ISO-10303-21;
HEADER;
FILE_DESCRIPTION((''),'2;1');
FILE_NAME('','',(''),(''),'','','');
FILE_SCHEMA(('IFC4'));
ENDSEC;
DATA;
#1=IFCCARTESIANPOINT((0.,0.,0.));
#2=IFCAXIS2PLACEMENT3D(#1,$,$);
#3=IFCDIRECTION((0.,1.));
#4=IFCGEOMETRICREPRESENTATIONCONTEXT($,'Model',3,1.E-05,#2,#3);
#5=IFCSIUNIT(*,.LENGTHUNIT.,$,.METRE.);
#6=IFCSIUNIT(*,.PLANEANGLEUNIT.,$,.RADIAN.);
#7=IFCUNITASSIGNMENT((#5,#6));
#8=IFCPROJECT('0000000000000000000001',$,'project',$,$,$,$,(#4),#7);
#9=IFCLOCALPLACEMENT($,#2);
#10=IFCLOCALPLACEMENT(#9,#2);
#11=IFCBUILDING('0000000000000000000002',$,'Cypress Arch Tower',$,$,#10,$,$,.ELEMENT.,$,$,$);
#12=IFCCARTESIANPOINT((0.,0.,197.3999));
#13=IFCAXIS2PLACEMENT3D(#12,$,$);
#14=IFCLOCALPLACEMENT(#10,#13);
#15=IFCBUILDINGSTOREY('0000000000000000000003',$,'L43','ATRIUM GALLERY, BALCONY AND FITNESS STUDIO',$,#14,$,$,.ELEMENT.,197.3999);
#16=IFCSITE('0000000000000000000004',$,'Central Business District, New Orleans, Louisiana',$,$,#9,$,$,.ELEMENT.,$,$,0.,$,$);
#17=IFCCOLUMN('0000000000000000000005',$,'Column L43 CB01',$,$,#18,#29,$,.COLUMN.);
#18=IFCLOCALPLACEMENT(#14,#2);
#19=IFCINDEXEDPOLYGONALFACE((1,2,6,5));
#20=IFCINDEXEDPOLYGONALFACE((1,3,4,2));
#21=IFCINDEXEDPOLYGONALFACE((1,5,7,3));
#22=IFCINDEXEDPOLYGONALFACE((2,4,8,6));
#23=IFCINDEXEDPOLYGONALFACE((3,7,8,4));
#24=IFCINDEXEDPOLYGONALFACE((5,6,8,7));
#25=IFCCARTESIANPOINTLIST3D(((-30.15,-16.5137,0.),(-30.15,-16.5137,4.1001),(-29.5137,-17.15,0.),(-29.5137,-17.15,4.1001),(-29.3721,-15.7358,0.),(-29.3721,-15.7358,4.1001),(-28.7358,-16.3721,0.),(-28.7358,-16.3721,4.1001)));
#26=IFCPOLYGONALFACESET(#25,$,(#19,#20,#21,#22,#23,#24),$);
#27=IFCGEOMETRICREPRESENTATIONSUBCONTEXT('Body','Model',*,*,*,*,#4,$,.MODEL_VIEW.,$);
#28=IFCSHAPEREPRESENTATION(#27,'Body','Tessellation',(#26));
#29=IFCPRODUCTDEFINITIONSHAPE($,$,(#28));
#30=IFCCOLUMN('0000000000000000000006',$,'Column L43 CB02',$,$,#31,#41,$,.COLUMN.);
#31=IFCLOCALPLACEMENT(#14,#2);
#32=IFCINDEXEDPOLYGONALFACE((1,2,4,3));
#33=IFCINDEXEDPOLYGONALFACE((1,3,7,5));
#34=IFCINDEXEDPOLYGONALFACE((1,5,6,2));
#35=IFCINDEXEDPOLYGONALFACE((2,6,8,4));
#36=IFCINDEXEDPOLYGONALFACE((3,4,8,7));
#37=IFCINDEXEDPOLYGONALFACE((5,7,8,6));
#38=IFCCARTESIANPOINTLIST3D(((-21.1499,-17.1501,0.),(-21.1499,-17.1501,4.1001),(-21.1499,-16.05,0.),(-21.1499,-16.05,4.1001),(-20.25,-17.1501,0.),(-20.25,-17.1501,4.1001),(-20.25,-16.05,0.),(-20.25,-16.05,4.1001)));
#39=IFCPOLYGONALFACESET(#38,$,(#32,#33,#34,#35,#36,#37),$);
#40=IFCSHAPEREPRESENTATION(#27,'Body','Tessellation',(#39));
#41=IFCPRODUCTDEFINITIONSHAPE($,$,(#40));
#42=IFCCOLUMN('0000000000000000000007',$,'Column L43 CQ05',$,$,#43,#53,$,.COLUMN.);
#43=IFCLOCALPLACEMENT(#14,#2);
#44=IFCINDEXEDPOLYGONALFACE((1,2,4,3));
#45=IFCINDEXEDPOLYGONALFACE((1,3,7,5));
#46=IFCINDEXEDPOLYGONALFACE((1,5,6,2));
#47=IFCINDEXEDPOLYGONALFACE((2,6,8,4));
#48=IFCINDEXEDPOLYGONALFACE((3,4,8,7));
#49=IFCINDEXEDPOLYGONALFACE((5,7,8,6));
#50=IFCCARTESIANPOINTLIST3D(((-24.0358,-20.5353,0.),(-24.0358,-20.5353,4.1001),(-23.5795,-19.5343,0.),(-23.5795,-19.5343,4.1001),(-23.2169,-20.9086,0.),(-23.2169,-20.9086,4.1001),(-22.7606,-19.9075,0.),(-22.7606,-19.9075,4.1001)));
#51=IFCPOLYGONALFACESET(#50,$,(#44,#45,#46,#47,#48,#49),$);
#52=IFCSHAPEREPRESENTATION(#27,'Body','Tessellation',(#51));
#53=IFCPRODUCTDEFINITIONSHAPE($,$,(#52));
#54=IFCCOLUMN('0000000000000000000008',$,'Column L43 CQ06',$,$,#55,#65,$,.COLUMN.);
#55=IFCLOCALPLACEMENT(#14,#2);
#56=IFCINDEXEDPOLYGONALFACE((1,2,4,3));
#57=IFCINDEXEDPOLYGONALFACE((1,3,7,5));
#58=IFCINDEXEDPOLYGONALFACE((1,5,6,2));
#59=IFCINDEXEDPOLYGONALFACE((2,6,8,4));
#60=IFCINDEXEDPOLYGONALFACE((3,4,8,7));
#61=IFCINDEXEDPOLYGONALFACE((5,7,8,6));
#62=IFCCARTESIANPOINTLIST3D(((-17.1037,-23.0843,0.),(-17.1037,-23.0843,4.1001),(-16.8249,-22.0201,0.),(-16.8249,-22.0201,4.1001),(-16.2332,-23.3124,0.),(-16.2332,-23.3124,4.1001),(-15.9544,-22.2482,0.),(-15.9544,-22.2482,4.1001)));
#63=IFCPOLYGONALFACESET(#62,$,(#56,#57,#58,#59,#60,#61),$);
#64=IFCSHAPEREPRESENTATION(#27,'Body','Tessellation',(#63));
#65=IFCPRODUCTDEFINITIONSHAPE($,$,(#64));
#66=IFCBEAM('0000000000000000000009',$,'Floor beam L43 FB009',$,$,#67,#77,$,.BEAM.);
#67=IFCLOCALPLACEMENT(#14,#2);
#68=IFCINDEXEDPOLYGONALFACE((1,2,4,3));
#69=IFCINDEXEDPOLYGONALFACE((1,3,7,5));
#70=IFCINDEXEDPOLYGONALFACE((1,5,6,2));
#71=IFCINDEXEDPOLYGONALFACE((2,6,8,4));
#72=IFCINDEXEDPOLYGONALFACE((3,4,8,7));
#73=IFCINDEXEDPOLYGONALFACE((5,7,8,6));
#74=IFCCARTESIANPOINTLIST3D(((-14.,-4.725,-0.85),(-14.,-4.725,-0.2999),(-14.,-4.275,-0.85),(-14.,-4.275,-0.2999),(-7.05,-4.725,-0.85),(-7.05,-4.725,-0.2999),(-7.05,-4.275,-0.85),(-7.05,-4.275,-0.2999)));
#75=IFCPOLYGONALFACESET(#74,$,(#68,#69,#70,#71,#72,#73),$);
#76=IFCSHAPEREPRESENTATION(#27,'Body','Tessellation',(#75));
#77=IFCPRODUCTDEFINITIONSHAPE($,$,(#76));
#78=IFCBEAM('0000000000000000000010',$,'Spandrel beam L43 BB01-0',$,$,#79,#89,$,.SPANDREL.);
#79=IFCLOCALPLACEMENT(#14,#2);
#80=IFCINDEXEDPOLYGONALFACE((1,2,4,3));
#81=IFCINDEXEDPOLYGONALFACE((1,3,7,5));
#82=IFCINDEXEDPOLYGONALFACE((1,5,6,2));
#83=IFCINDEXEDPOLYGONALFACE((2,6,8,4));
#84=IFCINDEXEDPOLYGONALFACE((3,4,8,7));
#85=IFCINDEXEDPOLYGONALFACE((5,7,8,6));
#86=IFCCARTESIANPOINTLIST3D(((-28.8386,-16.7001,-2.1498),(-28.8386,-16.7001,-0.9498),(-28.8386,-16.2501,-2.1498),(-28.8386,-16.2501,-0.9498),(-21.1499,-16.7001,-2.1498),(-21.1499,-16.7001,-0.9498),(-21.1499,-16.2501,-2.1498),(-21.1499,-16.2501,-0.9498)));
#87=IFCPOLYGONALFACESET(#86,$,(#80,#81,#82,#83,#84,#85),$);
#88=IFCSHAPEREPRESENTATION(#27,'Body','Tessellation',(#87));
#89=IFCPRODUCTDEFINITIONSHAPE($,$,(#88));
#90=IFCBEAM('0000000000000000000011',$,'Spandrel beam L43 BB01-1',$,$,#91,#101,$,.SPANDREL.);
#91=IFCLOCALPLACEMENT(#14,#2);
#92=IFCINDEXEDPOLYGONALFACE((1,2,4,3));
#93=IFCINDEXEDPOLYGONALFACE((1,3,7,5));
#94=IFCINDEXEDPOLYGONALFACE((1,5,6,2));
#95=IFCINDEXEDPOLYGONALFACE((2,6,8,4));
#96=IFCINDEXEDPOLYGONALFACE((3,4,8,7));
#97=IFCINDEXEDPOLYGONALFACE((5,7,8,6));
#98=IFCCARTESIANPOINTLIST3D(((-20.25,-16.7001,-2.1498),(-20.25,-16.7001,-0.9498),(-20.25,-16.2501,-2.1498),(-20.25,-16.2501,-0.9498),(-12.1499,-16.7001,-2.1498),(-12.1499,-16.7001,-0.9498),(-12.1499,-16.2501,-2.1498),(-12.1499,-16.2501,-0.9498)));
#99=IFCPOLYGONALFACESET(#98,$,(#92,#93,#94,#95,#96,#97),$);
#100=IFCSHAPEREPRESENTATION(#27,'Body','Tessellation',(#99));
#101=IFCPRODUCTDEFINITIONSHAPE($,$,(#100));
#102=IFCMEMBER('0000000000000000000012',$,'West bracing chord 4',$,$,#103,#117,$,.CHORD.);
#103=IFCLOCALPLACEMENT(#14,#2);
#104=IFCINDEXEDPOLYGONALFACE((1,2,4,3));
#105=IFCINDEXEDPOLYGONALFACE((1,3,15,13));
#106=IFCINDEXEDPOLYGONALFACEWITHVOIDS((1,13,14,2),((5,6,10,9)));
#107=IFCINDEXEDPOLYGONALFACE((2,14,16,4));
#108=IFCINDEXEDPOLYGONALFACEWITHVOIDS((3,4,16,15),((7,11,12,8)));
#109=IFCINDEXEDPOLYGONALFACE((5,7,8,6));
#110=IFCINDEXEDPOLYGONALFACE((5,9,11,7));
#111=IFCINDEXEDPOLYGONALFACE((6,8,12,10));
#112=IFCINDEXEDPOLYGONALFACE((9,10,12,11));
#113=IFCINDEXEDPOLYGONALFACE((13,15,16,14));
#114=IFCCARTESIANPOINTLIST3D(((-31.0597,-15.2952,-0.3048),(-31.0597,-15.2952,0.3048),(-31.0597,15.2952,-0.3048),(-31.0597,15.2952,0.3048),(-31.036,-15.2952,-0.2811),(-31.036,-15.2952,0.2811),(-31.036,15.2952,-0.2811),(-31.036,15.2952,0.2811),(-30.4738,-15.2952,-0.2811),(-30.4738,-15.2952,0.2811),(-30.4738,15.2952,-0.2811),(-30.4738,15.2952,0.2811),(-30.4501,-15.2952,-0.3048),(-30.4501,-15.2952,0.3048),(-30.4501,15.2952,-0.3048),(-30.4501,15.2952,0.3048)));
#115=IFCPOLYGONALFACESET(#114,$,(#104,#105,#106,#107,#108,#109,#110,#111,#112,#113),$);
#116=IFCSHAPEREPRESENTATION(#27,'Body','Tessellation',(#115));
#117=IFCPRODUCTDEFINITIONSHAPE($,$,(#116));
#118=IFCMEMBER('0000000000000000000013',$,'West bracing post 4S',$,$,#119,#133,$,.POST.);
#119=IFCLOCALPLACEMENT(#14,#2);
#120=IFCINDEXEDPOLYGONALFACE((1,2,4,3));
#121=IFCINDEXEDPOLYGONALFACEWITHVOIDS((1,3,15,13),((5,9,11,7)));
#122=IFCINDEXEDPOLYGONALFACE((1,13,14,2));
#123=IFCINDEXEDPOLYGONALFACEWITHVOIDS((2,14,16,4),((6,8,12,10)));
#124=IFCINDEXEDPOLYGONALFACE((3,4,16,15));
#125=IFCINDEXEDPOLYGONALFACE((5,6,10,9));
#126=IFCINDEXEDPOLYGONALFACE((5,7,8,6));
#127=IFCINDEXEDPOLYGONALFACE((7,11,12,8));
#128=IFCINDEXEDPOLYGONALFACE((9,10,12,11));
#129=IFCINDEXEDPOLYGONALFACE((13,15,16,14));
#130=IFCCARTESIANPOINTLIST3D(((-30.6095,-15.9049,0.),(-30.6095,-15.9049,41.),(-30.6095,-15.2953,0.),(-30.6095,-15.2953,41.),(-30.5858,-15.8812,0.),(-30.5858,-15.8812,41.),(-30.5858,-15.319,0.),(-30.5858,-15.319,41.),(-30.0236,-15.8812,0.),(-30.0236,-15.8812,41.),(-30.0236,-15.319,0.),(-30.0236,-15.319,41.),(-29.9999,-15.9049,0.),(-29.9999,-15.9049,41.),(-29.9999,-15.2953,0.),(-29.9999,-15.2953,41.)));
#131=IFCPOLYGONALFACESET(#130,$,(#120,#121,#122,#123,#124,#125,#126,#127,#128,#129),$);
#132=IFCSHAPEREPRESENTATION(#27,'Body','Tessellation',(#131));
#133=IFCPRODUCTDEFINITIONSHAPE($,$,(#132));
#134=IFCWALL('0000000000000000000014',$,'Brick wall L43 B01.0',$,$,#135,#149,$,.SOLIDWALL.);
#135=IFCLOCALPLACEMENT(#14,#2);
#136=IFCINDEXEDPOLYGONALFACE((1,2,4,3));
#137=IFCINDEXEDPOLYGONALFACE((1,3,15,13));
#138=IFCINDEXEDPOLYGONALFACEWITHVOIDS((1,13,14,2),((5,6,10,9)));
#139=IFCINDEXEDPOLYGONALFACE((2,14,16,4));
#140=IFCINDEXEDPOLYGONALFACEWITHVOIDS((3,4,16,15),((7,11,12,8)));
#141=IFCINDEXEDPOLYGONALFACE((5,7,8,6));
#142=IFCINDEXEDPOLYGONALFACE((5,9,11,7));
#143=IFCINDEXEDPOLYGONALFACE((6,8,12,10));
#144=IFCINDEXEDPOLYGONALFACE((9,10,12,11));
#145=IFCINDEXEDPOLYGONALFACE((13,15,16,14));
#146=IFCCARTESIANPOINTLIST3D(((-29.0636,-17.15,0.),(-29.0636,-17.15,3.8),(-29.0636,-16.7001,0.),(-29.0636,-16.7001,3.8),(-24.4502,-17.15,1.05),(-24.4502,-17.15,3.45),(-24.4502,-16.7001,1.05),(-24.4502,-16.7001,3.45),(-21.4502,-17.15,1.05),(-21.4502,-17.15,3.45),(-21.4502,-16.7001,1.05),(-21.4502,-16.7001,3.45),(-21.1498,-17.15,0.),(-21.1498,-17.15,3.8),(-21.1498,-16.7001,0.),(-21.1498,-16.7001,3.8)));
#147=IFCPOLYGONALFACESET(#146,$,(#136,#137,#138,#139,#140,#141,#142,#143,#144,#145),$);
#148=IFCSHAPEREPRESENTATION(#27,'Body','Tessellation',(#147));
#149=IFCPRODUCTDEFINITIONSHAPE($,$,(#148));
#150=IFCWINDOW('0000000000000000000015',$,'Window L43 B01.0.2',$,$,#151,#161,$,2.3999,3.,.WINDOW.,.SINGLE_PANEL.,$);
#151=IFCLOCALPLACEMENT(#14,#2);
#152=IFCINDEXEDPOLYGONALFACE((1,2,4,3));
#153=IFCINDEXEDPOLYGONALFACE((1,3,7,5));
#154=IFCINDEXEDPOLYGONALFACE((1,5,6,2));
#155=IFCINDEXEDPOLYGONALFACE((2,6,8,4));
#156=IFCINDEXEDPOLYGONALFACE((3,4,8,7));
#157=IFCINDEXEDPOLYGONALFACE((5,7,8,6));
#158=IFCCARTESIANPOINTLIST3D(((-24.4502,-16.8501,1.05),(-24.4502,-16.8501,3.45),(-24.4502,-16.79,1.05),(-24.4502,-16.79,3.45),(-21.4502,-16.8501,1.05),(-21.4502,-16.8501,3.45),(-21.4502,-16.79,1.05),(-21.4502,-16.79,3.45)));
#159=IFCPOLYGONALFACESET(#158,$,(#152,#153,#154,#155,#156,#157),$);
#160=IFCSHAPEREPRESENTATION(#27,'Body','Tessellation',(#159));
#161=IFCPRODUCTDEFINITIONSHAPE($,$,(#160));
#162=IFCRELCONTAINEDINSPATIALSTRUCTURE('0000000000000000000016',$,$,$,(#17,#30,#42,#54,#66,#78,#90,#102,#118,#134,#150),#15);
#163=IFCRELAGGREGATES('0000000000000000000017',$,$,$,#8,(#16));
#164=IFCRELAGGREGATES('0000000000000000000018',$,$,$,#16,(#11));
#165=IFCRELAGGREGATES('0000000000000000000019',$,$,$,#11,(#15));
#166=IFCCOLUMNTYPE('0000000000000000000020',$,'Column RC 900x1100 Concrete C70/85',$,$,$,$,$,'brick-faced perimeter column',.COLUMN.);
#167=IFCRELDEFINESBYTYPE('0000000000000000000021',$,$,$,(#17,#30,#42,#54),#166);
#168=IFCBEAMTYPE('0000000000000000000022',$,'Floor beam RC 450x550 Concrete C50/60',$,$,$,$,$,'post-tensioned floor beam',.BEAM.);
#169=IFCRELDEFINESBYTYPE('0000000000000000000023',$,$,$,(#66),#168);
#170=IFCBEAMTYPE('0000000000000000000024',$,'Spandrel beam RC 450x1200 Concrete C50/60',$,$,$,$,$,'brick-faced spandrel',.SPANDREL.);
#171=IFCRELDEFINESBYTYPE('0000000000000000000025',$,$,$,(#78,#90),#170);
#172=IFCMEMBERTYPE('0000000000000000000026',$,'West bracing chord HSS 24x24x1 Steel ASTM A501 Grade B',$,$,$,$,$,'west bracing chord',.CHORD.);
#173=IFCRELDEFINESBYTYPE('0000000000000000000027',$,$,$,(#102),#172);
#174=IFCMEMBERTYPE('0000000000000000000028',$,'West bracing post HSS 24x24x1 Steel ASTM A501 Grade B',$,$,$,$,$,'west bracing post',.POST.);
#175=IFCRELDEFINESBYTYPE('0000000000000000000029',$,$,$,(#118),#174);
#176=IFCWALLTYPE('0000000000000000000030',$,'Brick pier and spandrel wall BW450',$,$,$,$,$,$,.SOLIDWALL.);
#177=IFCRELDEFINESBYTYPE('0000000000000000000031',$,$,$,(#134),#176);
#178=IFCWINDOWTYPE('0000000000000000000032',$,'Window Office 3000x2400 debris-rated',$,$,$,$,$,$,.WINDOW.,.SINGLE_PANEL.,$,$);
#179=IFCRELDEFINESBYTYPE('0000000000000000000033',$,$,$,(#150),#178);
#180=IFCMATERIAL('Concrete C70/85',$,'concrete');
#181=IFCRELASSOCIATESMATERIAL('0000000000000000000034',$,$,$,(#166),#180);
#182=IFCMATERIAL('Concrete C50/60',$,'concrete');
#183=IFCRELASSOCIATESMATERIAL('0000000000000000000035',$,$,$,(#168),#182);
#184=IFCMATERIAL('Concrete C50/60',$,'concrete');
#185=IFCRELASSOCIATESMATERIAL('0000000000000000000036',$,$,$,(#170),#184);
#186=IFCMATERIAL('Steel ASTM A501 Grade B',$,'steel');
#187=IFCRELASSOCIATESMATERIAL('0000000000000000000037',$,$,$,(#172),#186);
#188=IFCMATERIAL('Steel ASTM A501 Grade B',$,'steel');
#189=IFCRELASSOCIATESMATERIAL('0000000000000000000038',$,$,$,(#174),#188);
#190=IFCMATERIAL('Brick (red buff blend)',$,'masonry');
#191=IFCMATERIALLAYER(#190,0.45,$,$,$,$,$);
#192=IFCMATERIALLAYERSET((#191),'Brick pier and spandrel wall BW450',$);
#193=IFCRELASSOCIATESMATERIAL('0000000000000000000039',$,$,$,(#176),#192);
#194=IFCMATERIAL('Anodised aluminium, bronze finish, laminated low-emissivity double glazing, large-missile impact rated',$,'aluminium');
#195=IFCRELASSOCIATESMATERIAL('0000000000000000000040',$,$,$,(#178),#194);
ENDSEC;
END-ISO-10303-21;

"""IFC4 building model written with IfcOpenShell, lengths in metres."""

from ifc_helpers import new_model, si_unit, direction, frame, frame_2d, origin, origin_2d, place, context, subcontext, project, spatial, rectangle, hollow_rectangle, extrude, material, layer, layer_set, material_profile, profile_set, type_object, element, fill, save


model = new_model("IFC4")

# Units and contexts
model_context = context("Model", 3, precision=1e-05, world=origin(), true_north=direction((0.0, 1.0)))
body_context = subcontext(model_context, "Body", "Model", "MODEL_VIEW")
ifc_project = project(units=[si_unit("LENGTHUNIT", "METRE"), si_unit("PLANEANGLEUNIT", "RADIAN")], contexts=[model_context])

# Site, building, storey
site_placement = place(None, origin())
site = spatial("IfcSite", under=ifc_project, at=site_placement, Name="Central Business District, New Orleans, Louisiana", CompositionType="ELEMENT", RefElevation=0.0)
building_placement = place(site_placement, origin())
building = spatial("IfcBuilding", under=site, at=building_placement, Name="Cypress Arch Tower", CompositionType="ELEMENT")
storey_placement = place(building_placement, frame((0.0, 0.0, 197.3999)))
storey = spatial("IfcBuildingStorey", under=building, at=storey_placement, Name="L43", Description="ATRIUM GALLERY, BALCONY AND FITNESS STUDIO", CompositionType="ELEMENT", Elevation=197.3999)

# Columns
ifc_material_1 = material(Name="Concrete C70/85", Category="concrete")
ifc_material_profile_1 = material_profile(ifc_material_1, rectangle(XDim=0.8999, YDim=1.1001, at=origin_2d()), Name="RC 900x1100")
ifc_profile_set_1 = profile_set([ifc_material_profile_1], Name="Concrete C70/85")
column_type = type_object("IfcColumnType", Name="Column RC 900x1100 Concrete C70/85", ElementType="brick-faced perimeter column", PredefinedType="COLUMN", material=ifc_profile_set_1)
for number, where, z_axis, x_axis, name in (
    (1, (-29.4429, -16.4429, 0.0), (0.0, 0.0, 1.0), (0.707107, -0.707107, 0.0), "Column L43 CB01"),
    (2, (-20.7, -16.6001, 0.0), (0.0, 0.0, 1.0), (1.0, 0.0, 0.0), "Column L43 CB02"),
    (3, (-23.3982, -20.2214, 0.0), (0.0, 0.0, 1.0), (0.909932, -0.414757, 0.0), "Column L43 CQ05"),
    (4, (-16.5291, -22.6663, 0.0), (0.0, 0.0, 1.0), (0.967356, -0.253422, 0.0), "Column L43 CQ06"),
):
    element("IfcColumn", number, at=place(storey_placement, frame(where, z_axis=z_axis, x_axis=x_axis)), inside=storey, type_object=column_type, Name=name, PredefinedType="COLUMN", context=body_context, shape_type="SweptSolid", body=[
        extrude(rectangle(XDim=0.8999, YDim=1.1001, at=origin_2d()), origin(), (0.0, 0.0, 1.0), 4.1001),
    ])

# Beams
ifc_material_2 = material(Name="Concrete C50/60", Category="concrete")
ifc_material_profile_2 = material_profile(ifc_material_2, rectangle(XDim=0.45, YDim=0.55, at=origin_2d()), Name="RC 450x550")
ifc_profile_set_2 = profile_set([ifc_material_profile_2], Name="Concrete C50/60")
beam_type_1 = type_object("IfcBeamType", Name="Floor beam RC 450x550 Concrete C50/60", ElementType="post-tensioned floor beam", PredefinedType="BEAM", material=ifc_profile_set_2)
beam_1_placement = place(storey_placement, frame((-14.0, -4.5, -0.575), z_axis=(1.0, 0.0, 0.0), x_axis=(0.0, 1.0, 0.0)))
element("IfcBeam", 5, at=beam_1_placement, inside=storey, type_object=beam_type_1, Name="Floor beam L43 FB009", PredefinedType="BEAM", context=body_context, shape_type="SweptSolid", body=[
    extrude(rectangle(XDim=0.45, YDim=0.55, at=origin_2d()), origin(), (0.0, 0.0, 1.0), 6.95),
])
ifc_material_3 = material(Name="Concrete C50/60", Category="concrete")
ifc_material_profile_3 = material_profile(ifc_material_3, rectangle(XDim=0.45, YDim=1.2, at=origin_2d()), Name="RC 450x1200")
ifc_profile_set_3 = profile_set([ifc_material_profile_3], Name="Concrete C50/60")
beam_type_2 = type_object("IfcBeamType", Name="Spandrel beam RC 450x1200 Concrete C50/60", ElementType="brick-faced spandrel", PredefinedType="SPANDREL", material=ifc_profile_set_3)
beam_2_placement = place(storey_placement, frame((-28.8386, -16.4751, -1.5498), z_axis=(1.0, 0.0, 0.0), x_axis=(0.0, 1.0, 0.0)))
element("IfcBeam", 6, at=beam_2_placement, inside=storey, type_object=beam_type_2, Name="Spandrel beam L43 BB01-0", PredefinedType="SPANDREL", context=body_context, shape_type="SweptSolid", body=[
    extrude(rectangle(XDim=0.45, YDim=1.2, at=origin_2d()), origin(), (0.0, 0.0, 1.0), 7.6887),
])
beam_3_placement = place(storey_placement, frame((-20.25, -16.4751, -1.5498), z_axis=(1.0, 0.0, 0.0), x_axis=(0.0, 1.0, 0.0)))
element("IfcBeam", 7, at=beam_3_placement, inside=storey, type_object=beam_type_2, Name="Spandrel beam L43 BB01-1", PredefinedType="SPANDREL", context=body_context, shape_type="SweptSolid", body=[
    extrude(rectangle(XDim=0.45, YDim=1.2, at=origin_2d()), origin(), (0.0, 0.0, 1.0), 8.1001),
])

# Members
ifc_material_4 = material(Name="Steel ASTM A501 Grade B", Category="steel")
ifc_material_profile_4 = material_profile(ifc_material_4, hollow_rectangle(XDim=0.6096, YDim=0.6096, WallThickness=0.0237, at=origin_2d()), Name="HSS 24x24x1")
ifc_profile_set_4 = profile_set([ifc_material_profile_4], Name="Steel ASTM A501 Grade B")
member_type_1 = type_object("IfcMemberType", Name="West bracing chord HSS 24x24x1 Steel ASTM A501 Grade B", ElementType="west bracing chord", PredefinedType="CHORD", material=ifc_profile_set_4)
member_1_placement = place(storey_placement, frame((-30.7549, -15.2952, 0.0), z_axis=(0.0, 1.0, 0.0), x_axis=(-1.0, 0.0, 0.0)))
element("IfcMember", 8, at=member_1_placement, inside=storey, type_object=member_type_1, Name="West bracing chord 4", PredefinedType="CHORD", context=body_context, shape_type="SweptSolid", body=[
    extrude(hollow_rectangle(XDim=0.6096, YDim=0.6096, WallThickness=0.0237, at=origin_2d()), origin(), (0.0, 0.0, 1.0), 30.5903),
])
ifc_material_5 = material(Name="Steel ASTM A501 Grade B", Category="steel")
ifc_material_profile_5 = material_profile(ifc_material_5, hollow_rectangle(XDim=0.6096, YDim=0.6096, WallThickness=0.0237, at=origin_2d()), Name="HSS 24x24x1")
ifc_profile_set_5 = profile_set([ifc_material_profile_5], Name="Steel ASTM A501 Grade B")
member_type_2 = type_object("IfcMemberType", Name="West bracing post HSS 24x24x1 Steel ASTM A501 Grade B", ElementType="west bracing post", PredefinedType="POST", material=ifc_profile_set_5)
member_2_placement = place(storey_placement, frame((-30.3047, -15.6001, 0.0), z_axis=(0.0, 0.0, 1.0), x_axis=(1.0, 0.0, 0.0)))
element("IfcMember", 9, at=member_2_placement, inside=storey, type_object=member_type_2, Name="West bracing post 4S", PredefinedType="POST", context=body_context, shape_type="SweptSolid", body=[
    extrude(hollow_rectangle(XDim=0.6096, YDim=0.6096, WallThickness=0.0237, at=origin_2d()), origin(), (0.0, 0.0, 1.0), 41.0),
])

# Wall, opening, window
ifc_material_6 = material(Name="Brick (red buff blend)", Category="masonry")
ifc_layer_1 = layer(ifc_material_6, 0.45)
ifc_layer_set_1 = layer_set([ifc_layer_1], Name="Brick pier and spandrel wall BW450")
wall_type_1 = type_object("IfcWallType", Name="Brick pier and spandrel wall BW450", PredefinedType="SOLIDWALL", material=ifc_layer_set_1)
wall_1_placement = place(storey_placement, frame((-29.0637, -16.925, 0.0), z_axis=(0.0, 0.0, 1.0), x_axis=(1.0, 0.0, 0.0)))
wall_1 = element("IfcWall", 10, at=wall_1_placement, inside=storey, type_object=wall_type_1, Name="Brick wall L43 B01.0", PredefinedType="SOLIDWALL", context=body_context, shape_type="SweptSolid", body=[
    extrude(rectangle(XDim=7.9138, YDim=0.45, at=frame_2d((3.957, 0.0))), origin(), (0.0, 0.0, 1.0), 3.8),
])
opening_1_placement = place(wall_1_placement, frame((4.6135, 0.0, 1.05)))
opening_1 = element("IfcOpeningElement", 11, at=opening_1_placement, cuts=wall_1, PredefinedType="OPENING", context=body_context, shape_type="SweptSolid", body=[
    extrude(rectangle(XDim=3.0, YDim=2.3999, at=frame_2d((1.5, 1.2))), frame((0.0, 0.2349, 0.0), z_axis=(0.0, -1.0, 0.0), x_axis=(1.0, 0.0, 0.0)), (0.0, 0.0, 1.0), 0.47),
])
ifc_material_7 = material(Name="Anodised aluminium, bronze finish, laminated low-emissivity double glazing, large-missile impact rated", Category="aluminium")
window_type = type_object("IfcWindowType", Name="Window Office 3000x2400 debris-rated", PartitioningType="SINGLE_PANEL", PredefinedType="WINDOW", material=ifc_material_7)
window_1_placement = place(opening_1_placement, origin())
window_1 = element("IfcWindow", 12, at=window_1_placement, inside=storey, type_object=window_type, Name="Window L43 B01.0.2", OverallHeight=2.3999, OverallWidth=3.0, PartitioningType="SINGLE_PANEL", PredefinedType="WINDOW", context=body_context, shape_type="SweptSolid", body=[
    extrude(rectangle(XDim=3.0, YDim=2.3999, at=frame_2d((1.5, 1.2))), frame((0.0, 0.135, 0.0), z_axis=(0.0, -1.0, 0.0), x_axis=(1.0, 0.0, 0.0)), (0.0, 0.0, 1.0), 0.0601),
])
fill(opening_1, window_1)

save(model, "model.ifc")
